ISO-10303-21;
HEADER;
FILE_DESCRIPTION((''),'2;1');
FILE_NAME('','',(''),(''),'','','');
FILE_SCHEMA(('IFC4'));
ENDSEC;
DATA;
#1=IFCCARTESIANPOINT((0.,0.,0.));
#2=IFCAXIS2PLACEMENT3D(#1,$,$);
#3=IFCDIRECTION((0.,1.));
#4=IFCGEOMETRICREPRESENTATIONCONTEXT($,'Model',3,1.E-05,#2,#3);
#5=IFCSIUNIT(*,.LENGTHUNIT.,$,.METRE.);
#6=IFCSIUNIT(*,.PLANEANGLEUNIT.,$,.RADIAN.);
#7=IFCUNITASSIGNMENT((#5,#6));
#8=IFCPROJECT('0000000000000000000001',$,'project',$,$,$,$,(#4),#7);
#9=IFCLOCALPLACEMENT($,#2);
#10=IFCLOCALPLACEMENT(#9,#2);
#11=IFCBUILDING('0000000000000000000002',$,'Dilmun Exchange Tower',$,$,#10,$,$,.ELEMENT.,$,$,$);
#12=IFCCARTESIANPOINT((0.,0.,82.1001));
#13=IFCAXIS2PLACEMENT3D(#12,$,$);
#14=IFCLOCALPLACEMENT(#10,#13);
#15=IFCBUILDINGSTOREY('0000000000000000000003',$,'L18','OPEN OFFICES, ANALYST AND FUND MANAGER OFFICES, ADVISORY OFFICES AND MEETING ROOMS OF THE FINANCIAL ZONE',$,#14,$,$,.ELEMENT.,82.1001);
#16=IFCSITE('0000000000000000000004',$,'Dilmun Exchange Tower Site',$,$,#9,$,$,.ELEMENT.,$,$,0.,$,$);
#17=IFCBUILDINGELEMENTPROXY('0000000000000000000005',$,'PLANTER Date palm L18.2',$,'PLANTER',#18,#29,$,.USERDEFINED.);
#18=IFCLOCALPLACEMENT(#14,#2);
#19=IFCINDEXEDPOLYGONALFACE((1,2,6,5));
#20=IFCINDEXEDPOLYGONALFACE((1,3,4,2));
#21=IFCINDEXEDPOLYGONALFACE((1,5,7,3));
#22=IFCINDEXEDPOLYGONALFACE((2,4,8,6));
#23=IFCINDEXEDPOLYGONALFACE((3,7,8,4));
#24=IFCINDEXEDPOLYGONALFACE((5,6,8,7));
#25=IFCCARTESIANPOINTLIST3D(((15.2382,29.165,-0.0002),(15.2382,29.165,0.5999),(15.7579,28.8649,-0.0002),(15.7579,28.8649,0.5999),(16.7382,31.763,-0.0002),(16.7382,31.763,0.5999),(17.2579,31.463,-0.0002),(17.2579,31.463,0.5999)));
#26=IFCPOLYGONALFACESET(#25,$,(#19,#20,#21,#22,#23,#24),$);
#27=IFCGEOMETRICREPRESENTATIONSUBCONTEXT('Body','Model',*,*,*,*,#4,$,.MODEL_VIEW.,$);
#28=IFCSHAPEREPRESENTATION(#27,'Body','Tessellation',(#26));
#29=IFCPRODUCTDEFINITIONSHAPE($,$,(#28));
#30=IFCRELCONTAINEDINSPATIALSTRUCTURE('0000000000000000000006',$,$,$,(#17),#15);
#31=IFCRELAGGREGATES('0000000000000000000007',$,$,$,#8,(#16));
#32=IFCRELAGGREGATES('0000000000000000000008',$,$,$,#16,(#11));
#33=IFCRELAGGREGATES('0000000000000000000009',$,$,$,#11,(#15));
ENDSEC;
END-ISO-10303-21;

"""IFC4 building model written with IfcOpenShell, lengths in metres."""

from ifc_helpers import new_model, si_unit, direction, frame, origin, origin_2d, place, context, subcontext, project, spatial, rectangle, extrude, element, save


model = new_model("IFC4")

# Units and contexts
model_context = context("Model", 3, precision=1e-05, world=origin(), true_north=direction((0.0, 1.0)))
body_context = subcontext(model_context, "Body", "Model", "MODEL_VIEW")
ifc_project = project(units=[si_unit("LENGTHUNIT", "METRE"), si_unit("PLANEANGLEUNIT", "RADIAN")], contexts=[model_context])

# Site, building, storey
site_placement = place(None, origin())
site = spatial("IfcSite", under=ifc_project, at=site_placement, Name="Dilmun Exchange Tower Site", CompositionType="ELEMENT", RefElevation=0.0)
building_placement = place(site_placement, origin())
building = spatial("IfcBuilding", under=site, at=building_placement, Name="Dilmun Exchange Tower", CompositionType="ELEMENT")
storey_placement = place(building_placement, frame((0.0, 0.0, 82.1001)))
storey = spatial("IfcBuildingStorey", under=building, at=storey_placement, Name="L18", Description="OPEN OFFICES, ANALYST AND FUND MANAGER OFFICES, ADVISORY OFFICES AND MEETING ROOMS OF THE FINANCIAL ZONE", CompositionType="ELEMENT", Elevation=82.1001)

# Building element proxy
for number, where, z_axis, x_axis, name in (
    (1, (16.248, 30.314, -0.0002), (0.0, 0.0, 1.0), (0.5, 0.866025, 0.0), "PLANTER Date palm L18.2"),
):
    element("IfcBuildingElementProxy", number, at=place(storey_placement, frame(where, z_axis=z_axis, x_axis=x_axis)), inside=storey, Name=name, ObjectType="PLANTER", PredefinedType="USERDEFINED", context=body_context, shape_type="SweptSolid", body=[
        extrude(rectangle(XDim=3.0, YDim=0.6001, at=origin_2d()), origin(), (0.0, 0.0, 1.0), 0.6001),
    ])

save(model, "model.ifc")
